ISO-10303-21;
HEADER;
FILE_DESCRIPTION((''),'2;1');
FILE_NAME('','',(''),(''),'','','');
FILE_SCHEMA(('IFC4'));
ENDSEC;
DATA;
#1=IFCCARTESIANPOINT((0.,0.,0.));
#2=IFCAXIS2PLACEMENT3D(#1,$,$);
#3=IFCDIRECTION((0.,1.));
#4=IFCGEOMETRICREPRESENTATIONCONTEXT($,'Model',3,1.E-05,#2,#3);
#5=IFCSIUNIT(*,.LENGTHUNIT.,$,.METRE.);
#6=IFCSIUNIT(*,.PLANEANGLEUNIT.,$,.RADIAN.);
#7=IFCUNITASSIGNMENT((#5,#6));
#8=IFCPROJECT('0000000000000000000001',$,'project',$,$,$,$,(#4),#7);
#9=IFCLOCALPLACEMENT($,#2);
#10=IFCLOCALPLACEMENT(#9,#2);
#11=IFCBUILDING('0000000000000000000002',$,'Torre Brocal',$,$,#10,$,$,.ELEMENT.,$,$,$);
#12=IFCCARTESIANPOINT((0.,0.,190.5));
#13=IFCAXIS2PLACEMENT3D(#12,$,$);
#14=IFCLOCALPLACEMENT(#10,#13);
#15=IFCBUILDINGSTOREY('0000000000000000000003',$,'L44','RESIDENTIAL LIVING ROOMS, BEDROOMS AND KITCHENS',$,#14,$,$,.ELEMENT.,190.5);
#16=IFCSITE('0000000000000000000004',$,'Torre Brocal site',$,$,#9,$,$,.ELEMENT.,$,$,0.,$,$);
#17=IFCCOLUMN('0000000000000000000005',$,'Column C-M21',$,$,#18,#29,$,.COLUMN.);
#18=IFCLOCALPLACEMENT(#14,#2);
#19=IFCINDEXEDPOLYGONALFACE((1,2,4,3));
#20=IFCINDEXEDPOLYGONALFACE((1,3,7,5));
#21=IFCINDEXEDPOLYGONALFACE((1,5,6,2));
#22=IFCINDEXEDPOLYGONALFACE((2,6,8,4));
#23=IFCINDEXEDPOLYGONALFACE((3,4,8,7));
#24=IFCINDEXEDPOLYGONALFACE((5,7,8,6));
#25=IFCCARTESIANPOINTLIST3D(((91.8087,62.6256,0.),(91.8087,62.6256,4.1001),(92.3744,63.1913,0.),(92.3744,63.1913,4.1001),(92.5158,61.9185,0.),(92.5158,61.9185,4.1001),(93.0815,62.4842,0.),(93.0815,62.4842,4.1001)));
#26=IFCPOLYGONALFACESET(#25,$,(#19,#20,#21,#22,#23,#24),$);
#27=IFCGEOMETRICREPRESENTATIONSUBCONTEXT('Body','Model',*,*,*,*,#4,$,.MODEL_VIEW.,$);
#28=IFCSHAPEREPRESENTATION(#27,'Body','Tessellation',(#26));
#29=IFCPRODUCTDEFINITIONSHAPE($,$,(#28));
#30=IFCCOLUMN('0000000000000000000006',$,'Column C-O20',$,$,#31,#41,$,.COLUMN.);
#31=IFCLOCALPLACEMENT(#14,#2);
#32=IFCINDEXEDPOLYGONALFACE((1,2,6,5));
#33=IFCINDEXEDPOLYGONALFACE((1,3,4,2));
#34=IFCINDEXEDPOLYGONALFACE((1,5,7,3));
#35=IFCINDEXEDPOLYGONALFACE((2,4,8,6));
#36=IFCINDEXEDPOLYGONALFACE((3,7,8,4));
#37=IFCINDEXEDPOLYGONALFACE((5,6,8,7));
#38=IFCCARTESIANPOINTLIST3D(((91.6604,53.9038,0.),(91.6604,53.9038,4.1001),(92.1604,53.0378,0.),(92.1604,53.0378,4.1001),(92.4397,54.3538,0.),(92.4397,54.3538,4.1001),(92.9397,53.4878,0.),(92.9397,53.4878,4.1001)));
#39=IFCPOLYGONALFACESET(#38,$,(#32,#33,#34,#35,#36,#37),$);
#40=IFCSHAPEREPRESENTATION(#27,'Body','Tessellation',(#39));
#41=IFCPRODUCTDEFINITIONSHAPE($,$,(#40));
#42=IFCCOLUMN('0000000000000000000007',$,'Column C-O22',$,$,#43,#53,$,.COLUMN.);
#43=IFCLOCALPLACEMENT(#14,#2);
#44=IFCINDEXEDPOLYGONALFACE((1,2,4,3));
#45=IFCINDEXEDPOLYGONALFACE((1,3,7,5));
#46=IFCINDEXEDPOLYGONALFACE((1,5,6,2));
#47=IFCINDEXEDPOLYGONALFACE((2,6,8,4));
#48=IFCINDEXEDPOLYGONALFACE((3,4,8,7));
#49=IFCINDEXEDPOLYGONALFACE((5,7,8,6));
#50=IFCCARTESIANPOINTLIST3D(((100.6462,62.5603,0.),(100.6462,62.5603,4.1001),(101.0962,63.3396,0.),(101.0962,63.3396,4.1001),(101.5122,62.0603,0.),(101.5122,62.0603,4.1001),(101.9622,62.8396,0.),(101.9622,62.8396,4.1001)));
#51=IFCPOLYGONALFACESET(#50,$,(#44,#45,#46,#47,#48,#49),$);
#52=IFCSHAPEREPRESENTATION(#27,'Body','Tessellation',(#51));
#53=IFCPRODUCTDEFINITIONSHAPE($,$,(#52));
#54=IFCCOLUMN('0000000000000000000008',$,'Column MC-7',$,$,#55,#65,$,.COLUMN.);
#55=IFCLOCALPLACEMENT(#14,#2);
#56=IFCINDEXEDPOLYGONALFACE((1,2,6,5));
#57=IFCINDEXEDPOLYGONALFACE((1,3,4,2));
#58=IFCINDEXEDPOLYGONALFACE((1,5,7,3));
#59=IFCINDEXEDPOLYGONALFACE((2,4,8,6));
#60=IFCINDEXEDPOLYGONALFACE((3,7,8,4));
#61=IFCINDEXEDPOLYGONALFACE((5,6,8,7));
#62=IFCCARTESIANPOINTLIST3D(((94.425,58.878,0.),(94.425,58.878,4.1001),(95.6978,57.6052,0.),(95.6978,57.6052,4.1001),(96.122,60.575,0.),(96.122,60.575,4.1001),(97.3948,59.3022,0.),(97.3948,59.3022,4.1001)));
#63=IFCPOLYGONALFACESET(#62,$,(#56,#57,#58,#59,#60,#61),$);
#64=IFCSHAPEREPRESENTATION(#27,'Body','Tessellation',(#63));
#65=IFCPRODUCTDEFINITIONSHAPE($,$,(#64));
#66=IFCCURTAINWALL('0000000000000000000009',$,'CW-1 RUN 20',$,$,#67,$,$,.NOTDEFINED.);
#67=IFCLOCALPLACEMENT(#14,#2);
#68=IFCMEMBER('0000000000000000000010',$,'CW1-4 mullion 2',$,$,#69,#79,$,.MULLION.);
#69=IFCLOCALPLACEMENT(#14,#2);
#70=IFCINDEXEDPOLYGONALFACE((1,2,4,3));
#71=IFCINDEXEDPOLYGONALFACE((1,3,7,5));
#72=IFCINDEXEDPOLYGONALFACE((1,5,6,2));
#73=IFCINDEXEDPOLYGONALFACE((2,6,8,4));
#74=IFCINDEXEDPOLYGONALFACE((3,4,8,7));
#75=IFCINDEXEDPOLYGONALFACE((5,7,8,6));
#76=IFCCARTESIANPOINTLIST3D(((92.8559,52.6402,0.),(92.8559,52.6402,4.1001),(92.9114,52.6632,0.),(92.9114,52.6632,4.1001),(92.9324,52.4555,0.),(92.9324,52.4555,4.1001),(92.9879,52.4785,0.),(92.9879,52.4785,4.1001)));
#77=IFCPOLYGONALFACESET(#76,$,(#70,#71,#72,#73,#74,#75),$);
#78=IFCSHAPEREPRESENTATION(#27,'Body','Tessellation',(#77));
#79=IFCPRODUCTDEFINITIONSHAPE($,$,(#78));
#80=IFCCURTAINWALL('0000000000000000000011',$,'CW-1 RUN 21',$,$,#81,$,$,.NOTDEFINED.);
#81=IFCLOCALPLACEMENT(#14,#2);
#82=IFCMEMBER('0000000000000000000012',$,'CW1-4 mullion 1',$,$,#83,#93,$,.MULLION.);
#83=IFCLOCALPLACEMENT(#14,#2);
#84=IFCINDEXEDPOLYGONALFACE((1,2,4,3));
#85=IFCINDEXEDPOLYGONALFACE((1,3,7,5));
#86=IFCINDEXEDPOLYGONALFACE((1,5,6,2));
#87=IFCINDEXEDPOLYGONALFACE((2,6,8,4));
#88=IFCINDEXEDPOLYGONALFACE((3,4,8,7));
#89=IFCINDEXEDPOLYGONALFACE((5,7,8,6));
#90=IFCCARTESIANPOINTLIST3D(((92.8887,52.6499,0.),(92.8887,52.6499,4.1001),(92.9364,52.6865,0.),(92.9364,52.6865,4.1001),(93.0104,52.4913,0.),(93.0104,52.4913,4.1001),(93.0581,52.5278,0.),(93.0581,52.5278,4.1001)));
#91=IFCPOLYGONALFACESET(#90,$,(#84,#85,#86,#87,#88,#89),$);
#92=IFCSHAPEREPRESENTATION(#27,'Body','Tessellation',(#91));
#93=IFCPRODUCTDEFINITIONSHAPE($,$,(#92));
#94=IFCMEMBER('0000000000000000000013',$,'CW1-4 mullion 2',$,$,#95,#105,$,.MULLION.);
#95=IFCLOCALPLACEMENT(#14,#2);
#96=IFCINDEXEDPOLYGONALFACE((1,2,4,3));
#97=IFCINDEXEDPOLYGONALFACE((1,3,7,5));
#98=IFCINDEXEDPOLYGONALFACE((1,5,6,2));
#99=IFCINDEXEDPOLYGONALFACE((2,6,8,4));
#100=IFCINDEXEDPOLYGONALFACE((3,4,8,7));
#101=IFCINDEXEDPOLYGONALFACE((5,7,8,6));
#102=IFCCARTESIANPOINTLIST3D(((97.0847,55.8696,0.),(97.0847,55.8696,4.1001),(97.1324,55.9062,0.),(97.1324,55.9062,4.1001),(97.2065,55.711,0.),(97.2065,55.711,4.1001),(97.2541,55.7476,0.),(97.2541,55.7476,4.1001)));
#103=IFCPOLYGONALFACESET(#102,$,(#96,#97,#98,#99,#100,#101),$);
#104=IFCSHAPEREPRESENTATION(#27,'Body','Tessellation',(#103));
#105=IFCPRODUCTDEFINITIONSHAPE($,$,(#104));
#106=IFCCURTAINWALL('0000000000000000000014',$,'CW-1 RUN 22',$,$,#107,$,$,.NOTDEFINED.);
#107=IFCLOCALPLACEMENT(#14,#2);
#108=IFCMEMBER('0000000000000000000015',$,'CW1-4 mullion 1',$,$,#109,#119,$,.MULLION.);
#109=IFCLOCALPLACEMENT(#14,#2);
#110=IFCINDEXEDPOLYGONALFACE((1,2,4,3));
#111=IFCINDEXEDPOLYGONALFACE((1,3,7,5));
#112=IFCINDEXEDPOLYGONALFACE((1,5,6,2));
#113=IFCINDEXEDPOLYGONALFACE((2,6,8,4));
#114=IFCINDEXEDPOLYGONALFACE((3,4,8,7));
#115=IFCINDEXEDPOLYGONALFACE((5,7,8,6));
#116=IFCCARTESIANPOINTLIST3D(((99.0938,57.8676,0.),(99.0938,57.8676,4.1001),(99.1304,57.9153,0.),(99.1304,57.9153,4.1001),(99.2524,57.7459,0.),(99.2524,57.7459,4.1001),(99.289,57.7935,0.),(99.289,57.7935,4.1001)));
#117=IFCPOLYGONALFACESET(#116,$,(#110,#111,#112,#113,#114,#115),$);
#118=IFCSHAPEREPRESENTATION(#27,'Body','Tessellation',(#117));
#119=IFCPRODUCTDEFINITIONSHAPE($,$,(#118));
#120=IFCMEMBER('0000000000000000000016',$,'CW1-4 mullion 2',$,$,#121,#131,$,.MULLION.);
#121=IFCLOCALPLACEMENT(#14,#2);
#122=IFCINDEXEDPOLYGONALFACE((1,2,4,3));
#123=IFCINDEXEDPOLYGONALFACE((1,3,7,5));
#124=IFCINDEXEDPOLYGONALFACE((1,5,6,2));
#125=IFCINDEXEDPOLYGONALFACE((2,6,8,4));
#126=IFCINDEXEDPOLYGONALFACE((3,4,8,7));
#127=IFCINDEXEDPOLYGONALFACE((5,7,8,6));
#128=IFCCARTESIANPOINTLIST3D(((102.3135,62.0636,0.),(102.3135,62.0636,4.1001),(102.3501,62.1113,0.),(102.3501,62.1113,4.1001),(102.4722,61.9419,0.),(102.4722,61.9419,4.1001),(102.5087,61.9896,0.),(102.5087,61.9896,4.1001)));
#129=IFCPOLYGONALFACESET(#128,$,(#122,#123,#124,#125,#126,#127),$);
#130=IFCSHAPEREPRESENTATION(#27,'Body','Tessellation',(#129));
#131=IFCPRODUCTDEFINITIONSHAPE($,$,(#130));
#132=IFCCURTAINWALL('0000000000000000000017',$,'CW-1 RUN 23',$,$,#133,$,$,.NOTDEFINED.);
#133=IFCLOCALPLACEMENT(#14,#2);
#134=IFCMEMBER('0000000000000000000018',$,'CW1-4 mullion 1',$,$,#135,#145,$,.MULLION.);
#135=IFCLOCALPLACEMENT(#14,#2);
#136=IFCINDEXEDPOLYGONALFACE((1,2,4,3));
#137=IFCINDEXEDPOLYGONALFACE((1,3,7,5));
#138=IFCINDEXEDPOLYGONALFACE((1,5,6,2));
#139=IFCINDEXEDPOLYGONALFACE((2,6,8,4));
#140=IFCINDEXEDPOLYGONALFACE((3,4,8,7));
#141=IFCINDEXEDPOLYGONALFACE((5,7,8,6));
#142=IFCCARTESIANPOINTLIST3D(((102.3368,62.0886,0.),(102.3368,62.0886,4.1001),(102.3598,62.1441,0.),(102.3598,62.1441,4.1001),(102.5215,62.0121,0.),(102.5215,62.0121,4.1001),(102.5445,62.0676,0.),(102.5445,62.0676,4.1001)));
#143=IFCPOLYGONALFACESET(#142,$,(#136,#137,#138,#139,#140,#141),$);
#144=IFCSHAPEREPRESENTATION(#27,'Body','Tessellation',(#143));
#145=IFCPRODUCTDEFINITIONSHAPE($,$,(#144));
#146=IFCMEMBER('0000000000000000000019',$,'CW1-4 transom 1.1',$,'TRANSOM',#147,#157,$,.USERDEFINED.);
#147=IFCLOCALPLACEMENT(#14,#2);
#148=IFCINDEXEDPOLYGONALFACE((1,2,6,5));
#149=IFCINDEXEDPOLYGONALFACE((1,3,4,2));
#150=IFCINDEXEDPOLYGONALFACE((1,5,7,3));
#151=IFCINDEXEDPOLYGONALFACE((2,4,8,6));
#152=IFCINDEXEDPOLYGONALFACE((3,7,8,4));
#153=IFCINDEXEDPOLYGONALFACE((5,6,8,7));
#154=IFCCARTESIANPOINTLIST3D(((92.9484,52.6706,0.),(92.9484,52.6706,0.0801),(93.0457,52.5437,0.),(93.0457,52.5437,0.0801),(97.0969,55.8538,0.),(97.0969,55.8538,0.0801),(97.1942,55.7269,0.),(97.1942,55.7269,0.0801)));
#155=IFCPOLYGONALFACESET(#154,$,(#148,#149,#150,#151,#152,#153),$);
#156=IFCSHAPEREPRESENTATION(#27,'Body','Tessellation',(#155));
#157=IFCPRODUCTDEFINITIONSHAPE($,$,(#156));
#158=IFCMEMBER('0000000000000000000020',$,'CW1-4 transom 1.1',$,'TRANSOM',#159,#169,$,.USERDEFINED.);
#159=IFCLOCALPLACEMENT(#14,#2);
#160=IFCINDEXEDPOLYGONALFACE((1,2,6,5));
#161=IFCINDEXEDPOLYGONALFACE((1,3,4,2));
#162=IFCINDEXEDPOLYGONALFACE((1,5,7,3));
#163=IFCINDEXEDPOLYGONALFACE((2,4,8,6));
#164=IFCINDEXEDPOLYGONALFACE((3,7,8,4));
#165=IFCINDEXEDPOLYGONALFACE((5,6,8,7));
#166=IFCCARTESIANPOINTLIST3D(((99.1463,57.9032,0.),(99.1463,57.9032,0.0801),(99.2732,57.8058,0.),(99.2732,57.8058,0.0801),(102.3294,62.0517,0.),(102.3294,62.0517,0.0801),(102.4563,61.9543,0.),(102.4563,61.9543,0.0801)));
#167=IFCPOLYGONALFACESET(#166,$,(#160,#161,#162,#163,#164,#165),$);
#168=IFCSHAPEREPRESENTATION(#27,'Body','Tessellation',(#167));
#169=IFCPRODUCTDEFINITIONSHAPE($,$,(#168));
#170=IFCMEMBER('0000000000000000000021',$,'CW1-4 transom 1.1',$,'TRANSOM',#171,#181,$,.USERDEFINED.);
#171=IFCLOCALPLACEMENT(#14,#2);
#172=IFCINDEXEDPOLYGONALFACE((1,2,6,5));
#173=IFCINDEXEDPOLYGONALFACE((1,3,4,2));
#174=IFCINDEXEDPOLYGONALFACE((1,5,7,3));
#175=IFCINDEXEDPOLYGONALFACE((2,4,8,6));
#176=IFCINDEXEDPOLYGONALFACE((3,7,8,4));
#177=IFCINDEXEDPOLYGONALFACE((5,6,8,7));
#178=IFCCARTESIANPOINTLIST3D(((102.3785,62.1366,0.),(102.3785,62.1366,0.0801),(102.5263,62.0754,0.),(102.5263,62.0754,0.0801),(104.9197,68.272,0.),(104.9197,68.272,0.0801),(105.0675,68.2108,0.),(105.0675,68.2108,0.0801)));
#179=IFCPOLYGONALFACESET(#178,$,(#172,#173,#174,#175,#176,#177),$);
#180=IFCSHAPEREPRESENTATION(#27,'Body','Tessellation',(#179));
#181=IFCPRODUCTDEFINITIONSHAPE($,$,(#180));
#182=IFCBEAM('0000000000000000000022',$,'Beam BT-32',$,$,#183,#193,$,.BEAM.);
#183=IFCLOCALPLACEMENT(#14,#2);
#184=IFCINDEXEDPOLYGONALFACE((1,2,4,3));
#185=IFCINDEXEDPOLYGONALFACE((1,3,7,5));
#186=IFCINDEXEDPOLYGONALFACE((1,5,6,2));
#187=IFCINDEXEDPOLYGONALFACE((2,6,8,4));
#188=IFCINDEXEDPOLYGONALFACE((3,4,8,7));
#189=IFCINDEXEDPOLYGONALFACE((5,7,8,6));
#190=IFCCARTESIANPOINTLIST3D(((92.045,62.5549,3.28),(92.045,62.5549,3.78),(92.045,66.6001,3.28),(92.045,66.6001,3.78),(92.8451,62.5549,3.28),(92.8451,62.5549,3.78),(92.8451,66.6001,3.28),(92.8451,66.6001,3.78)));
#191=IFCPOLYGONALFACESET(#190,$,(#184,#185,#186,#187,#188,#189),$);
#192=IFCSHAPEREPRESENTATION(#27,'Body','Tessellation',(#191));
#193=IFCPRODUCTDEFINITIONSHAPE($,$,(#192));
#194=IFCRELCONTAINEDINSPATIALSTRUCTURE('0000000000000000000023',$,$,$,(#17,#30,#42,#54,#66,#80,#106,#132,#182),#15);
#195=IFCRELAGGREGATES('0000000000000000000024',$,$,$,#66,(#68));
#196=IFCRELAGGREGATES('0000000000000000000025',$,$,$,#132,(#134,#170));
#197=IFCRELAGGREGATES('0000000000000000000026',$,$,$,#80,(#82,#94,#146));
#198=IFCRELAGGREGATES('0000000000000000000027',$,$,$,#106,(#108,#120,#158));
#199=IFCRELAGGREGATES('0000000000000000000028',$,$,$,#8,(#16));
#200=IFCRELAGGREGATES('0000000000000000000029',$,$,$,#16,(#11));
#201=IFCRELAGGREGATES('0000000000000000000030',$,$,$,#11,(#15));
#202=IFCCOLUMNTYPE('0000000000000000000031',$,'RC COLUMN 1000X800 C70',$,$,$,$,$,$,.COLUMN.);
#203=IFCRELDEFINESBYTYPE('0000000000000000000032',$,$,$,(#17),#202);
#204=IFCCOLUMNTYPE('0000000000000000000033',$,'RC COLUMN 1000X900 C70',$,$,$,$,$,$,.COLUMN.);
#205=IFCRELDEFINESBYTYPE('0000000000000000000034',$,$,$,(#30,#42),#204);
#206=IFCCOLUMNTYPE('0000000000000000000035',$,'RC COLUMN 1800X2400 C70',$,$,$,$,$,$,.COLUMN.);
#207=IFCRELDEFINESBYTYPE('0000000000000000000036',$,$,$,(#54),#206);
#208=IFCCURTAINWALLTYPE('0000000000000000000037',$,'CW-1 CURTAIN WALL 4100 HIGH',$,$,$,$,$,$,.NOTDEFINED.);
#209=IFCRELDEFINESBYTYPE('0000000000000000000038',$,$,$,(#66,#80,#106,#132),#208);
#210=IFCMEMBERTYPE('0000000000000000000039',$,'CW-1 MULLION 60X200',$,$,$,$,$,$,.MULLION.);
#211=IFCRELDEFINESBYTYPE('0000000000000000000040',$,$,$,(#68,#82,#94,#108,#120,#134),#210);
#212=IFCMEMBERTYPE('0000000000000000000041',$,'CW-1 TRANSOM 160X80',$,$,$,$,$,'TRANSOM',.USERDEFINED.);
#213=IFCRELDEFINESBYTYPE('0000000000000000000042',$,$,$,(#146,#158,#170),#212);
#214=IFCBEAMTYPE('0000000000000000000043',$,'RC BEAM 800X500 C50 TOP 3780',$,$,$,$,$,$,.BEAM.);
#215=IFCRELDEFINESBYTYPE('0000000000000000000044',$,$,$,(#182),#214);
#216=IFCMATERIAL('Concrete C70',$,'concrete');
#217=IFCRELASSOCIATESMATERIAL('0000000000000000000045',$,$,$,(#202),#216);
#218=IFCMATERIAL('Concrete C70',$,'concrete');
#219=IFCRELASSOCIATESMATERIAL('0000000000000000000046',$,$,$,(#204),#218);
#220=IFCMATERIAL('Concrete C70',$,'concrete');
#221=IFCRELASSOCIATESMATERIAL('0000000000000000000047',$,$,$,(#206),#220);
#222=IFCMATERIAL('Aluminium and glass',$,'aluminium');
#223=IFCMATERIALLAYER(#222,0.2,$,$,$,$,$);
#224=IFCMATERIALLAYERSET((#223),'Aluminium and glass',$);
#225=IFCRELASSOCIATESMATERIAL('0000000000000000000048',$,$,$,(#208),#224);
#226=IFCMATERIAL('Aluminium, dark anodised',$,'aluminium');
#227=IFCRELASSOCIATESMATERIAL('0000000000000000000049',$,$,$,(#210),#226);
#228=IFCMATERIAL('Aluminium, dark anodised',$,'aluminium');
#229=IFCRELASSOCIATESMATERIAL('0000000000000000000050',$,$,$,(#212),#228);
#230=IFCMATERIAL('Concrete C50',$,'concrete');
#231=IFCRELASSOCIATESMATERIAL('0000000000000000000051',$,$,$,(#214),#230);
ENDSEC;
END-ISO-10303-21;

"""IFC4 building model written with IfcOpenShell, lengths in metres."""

from ifc_helpers import new_model, si_unit, direction, frame, origin, origin_2d, place, context, subcontext, project, spatial, rectangle, extrude, material, layer, layer_set, material_profile, profile_set, type_object, element, aggregate, save


model = new_model("IFC4")

# Units and contexts
model_context = context("Model", 3, precision=1e-05, world=origin(), true_north=direction((0.0, 1.0)))
body_context = subcontext(model_context, "Body", "Model", "MODEL_VIEW")
ifc_project = project(units=[si_unit("LENGTHUNIT", "METRE"), si_unit("PLANEANGLEUNIT", "RADIAN")], contexts=[model_context])

# Site, building, storey
site_placement = place(None, origin())
site = spatial("IfcSite", under=ifc_project, at=site_placement, Name="Torre Brocal site", CompositionType="ELEMENT", RefElevation=0.0)
building_placement = place(site_placement, origin())
building = spatial("IfcBuilding", under=site, at=building_placement, Name="Torre Brocal", CompositionType="ELEMENT")
storey_placement = place(building_placement, frame((0.0, 0.0, 190.5)))
storey = spatial("IfcBuildingStorey", under=building, at=storey_placement, Name="L44", Description="RESIDENTIAL LIVING ROOMS, BEDROOMS AND KITCHENS", CompositionType="ELEMENT", Elevation=190.5)

# Columns
ifc_material_1 = material(Name="Concrete C70", Category="concrete")
ifc_material_profile_1 = material_profile(ifc_material_1, rectangle(XDim=1.0, YDim=0.8, at=origin_2d()), Name="RC 1000X800")
ifc_profile_set_1 = profile_set([ifc_material_profile_1], Name="Concrete C70")
column_type_1 = type_object("IfcColumnType", Name="RC COLUMN 1000X800 C70", PredefinedType="COLUMN", material=ifc_profile_set_1)
column_1_placement = place(storey_placement, frame((92.4451, 62.5549, 0.0), z_axis=(0.0, 0.0, 1.0), x_axis=(0.707107, -0.707107, 0.0)))
element("IfcColumn", 1, at=column_1_placement, inside=storey, type_object=column_type_1, Name="Column C-M21", PredefinedType="COLUMN", context=body_context, shape_type="SweptSolid", body=[
    extrude(rectangle(XDim=1.0, YDim=0.8, at=origin_2d()), origin(), (0.0, 0.0, 1.0), 4.1001),
])
ifc_material_2 = material(Name="Concrete C70", Category="concrete")
ifc_material_profile_2 = material_profile(ifc_material_2, rectangle(XDim=1.0, YDim=0.8999, at=origin_2d()), Name="RC 1000X900")
ifc_profile_set_2 = profile_set([ifc_material_profile_2], Name="Concrete C70")
column_type_2 = type_object("IfcColumnType", Name="RC COLUMN 1000X900 C70", PredefinedType="COLUMN", material=ifc_profile_set_2)
for number, where, z_axis, x_axis, name in (
    (2, (92.3, 53.6958, 0.0), (0.0, 0.0, 1.0), (0.5, -0.866025, 0.0), "Column C-O20"),
    (3, (101.3042, 62.7, 0.0), (0.0, 0.0, 1.0), (0.866025, -0.5, 0.0), "Column C-O22"),
):
    element("IfcColumn", number, at=place(storey_placement, frame(where, z_axis=z_axis, x_axis=x_axis)), inside=storey, type_object=column_type_2, Name=name, PredefinedType="COLUMN", context=body_context, shape_type="SweptSolid", body=[
        extrude(rectangle(XDim=1.0, YDim=0.8999, at=origin_2d()), origin(), (0.0, 0.0, 1.0), 4.1001),
    ])
ifc_material_3 = material(Name="Concrete C70", Category="concrete")
ifc_material_profile_3 = material_profile(ifc_material_3, rectangle(XDim=1.8, YDim=2.3999, at=origin_2d()), Name="RC 1800X2400")
ifc_profile_set_3 = profile_set([ifc_material_profile_3], Name="Concrete C70")
column_type_3 = type_object("IfcColumnType", Name="RC COLUMN 1800X2400 C70", PredefinedType="COLUMN", material=ifc_profile_set_3)
column_2_placement = place(storey_placement, frame((95.9099, 59.0901, 0.0), z_axis=(0.0, 0.0, 1.0), x_axis=(0.707107, -0.707107, 0.0)))
element("IfcColumn", 4, at=column_2_placement, inside=storey, type_object=column_type_3, Name="Column MC-7", PredefinedType="COLUMN", context=body_context, shape_type="SweptSolid", body=[
    extrude(rectangle(XDim=1.8, YDim=2.3999, at=origin_2d()), origin(), (0.0, 0.0, 1.0), 4.1001),
])

# Curtain wall, member
ifc_material_4 = material(Name="Aluminium and glass", Category="aluminium")
ifc_layer_1 = layer(ifc_material_4, 0.2)
ifc_layer_set_1 = layer_set([ifc_layer_1], Name="Aluminium and glass")
curtain_wall_type = type_object("IfcCurtainWallType", Name="CW-1 CURTAIN WALL 4100 HIGH", PredefinedType="NOTDEFINED", material=ifc_layer_set_1)
curtain_wall_1_placement = place(storey_placement, origin())
curtain_wall_1 = element("IfcCurtainWall", 5, at=curtain_wall_1_placement, inside=storey, type_object=curtain_wall_type, Name="CW-1 RUN 20", PredefinedType="NOTDEFINED")
ifc_material_5 = material(Name="Aluminium, dark anodised", Category="aluminium")
ifc_material_profile_4 = material_profile(ifc_material_5, rectangle(XDim=0.2, YDim=0.0601, at=origin_2d()), Name="CW-1 MULLION 60X200")
ifc_profile_set_4 = profile_set([ifc_material_profile_4], Name="Aluminium, dark anodised")
member_type_1 = type_object("IfcMemberType", Name="CW-1 MULLION 60X200", PredefinedType="MULLION", material=ifc_profile_set_4)
member_1_placement = place(storey_placement, frame((92.9219, 52.5593, 0.0), z_axis=(0.0, 0.0, 1.0), x_axis=(-0.382683, 0.92388, 0.0)))
member_1 = element("IfcMember", 6, at=member_1_placement, type_object=member_type_1, Name="CW1-4 mullion 2", PredefinedType="MULLION", context=body_context, shape_type="SweptSolid", body=[
    extrude(rectangle(XDim=0.2, YDim=0.0601, at=origin_2d()), origin(), (0.0, 0.0, 1.0), 4.1001),
])
aggregate(curtain_wall_1, [member_1])

# Curtain walls, members
curtain_wall_2_placement = place(storey_placement, origin())
curtain_wall_2 = element("IfcCurtainWall", 7, at=curtain_wall_2_placement, inside=storey, type_object=curtain_wall_type, Name="CW-1 RUN 21", PredefinedType="NOTDEFINED")
member_2_placement = place(storey_placement, frame((92.9734, 52.5889, 0.0), z_axis=(0.0, 0.0, 1.0), x_axis=(-0.608761, 0.793353, 0.0)))
member_2 = element("IfcMember", 8, at=member_2_placement, type_object=member_type_1, Name="CW1-4 mullion 1", PredefinedType="MULLION", context=body_context, shape_type="SweptSolid", body=[
    extrude(rectangle(XDim=0.2, YDim=0.0601, at=origin_2d()), origin(), (0.0, 0.0, 1.0), 4.1001),
])
member_3_placement = place(storey_placement, frame((97.1694, 55.8086, 0.0), z_axis=(0.0, 0.0, 1.0), x_axis=(-0.608761, 0.793353, 0.0)))
member_3 = element("IfcMember", 9, at=member_3_placement, type_object=member_type_1, Name="CW1-4 mullion 2", PredefinedType="MULLION", context=body_context, shape_type="SweptSolid", body=[
    extrude(rectangle(XDim=0.2, YDim=0.0601, at=origin_2d()), origin(), (0.0, 0.0, 1.0), 4.1001),
])
curtain_wall_3_placement = place(storey_placement, origin())
curtain_wall_3 = element("IfcCurtainWall", 10, at=curtain_wall_3_placement, inside=storey, type_object=curtain_wall_type, Name="CW-1 RUN 22", PredefinedType="NOTDEFINED")
member_4_placement = place(storey_placement, frame((99.1914, 57.8306, 0.0), z_axis=(0.0, 0.0, 1.0), x_axis=(-0.793353, 0.608761, 0.0)))
member_4 = element("IfcMember", 11, at=member_4_placement, type_object=member_type_1, Name="CW1-4 mullion 1", PredefinedType="MULLION", context=body_context, shape_type="SweptSolid", body=[
    extrude(rectangle(XDim=0.2, YDim=0.0601, at=origin_2d()), origin(), (0.0, 0.0, 1.0), 4.1001),
])
member_5_placement = place(storey_placement, frame((102.4111, 62.0266, 0.0), z_axis=(0.0, 0.0, 1.0), x_axis=(-0.793353, 0.608761, 0.0)))
member_5 = element("IfcMember", 12, at=member_5_placement, type_object=member_type_1, Name="CW1-4 mullion 2", PredefinedType="MULLION", context=body_context, shape_type="SweptSolid", body=[
    extrude(rectangle(XDim=0.2, YDim=0.0601, at=origin_2d()), origin(), (0.0, 0.0, 1.0), 4.1001),
])

# Curtain wall, member
curtain_wall_4_placement = place(storey_placement, origin())
curtain_wall_4 = element("IfcCurtainWall", 13, at=curtain_wall_4_placement, inside=storey, type_object=curtain_wall_type, Name="CW-1 RUN 23", PredefinedType="NOTDEFINED")
member_6_placement = place(storey_placement, frame((102.4407, 62.0781, 0.0), z_axis=(0.0, 0.0, 1.0), x_axis=(-0.92388, 0.382683, 0.0)))
member_6 = element("IfcMember", 14, at=member_6_placement, type_object=member_type_1, Name="CW1-4 mullion 1", PredefinedType="MULLION", context=body_context, shape_type="SweptSolid", body=[
    extrude(rectangle(XDim=0.2, YDim=0.0601, at=origin_2d()), origin(), (0.0, 0.0, 1.0), 4.1001),
])

# Members
ifc_material_6 = material(Name="Aluminium, dark anodised", Category="aluminium")
ifc_material_profile_5 = material_profile(ifc_material_6, rectangle(XDim=0.1599, YDim=0.0801, at=origin_2d()), Name="CW-1 TRANSOM 160X80")
ifc_profile_set_5 = profile_set([ifc_material_profile_5], Name="Aluminium, dark anodised")
member_type_2 = type_object("IfcMemberType", Name="CW-1 TRANSOM 160X80", ElementType="TRANSOM", PredefinedType="USERDEFINED", material=ifc_profile_set_5)
member_7_placement = place(storey_placement, frame((92.9971, 52.6072, 0.04), z_axis=(0.793363, 0.608749, 0.0), x_axis=(-0.608749, 0.793363, 0.0)))
member_7 = element("IfcMember", 15, at=member_7_placement, type_object=member_type_2, Name="CW1-4 transom 1.1", ObjectType="TRANSOM", PredefinedType="USERDEFINED", context=body_context, shape_type="SweptSolid", body=[
    extrude(rectangle(XDim=0.1599, YDim=0.0801, at=origin_2d()), origin(), (0.0, 0.0, 1.0), 5.229),
])
member_8_placement = place(storey_placement, frame((99.2097, 57.8545, 0.04), z_axis=(0.608749, 0.793363, 0.0), x_axis=(-0.793363, 0.608749, 0.0)))
member_8 = element("IfcMember", 16, at=member_8_placement, type_object=member_type_2, Name="CW1-4 transom 1.1", ObjectType="TRANSOM", PredefinedType="USERDEFINED", context=body_context, shape_type="SweptSolid", body=[
    extrude(rectangle(XDim=0.1599, YDim=0.0801, at=origin_2d()), origin(), (0.0, 0.0, 1.0), 5.229),
])
member_9_placement = place(storey_placement, frame((102.4524, 62.106, 0.04), z_axis=(0.382665, 0.923887, 0.0), x_axis=(-0.923887, 0.382665, 0.0)))
member_9 = element("IfcMember", 17, at=member_9_placement, type_object=member_type_2, Name="CW1-4 transom 1.1", ObjectType="TRANSOM", PredefinedType="USERDEFINED", context=body_context, shape_type="SweptSolid", body=[
    extrude(rectangle(XDim=0.1599, YDim=0.0801, at=origin_2d()), origin(), (0.0, 0.0, 1.0), 6.6409),
])
aggregate(curtain_wall_4, [member_6, member_9])

# Beam
ifc_material_7 = material(Name="Concrete C50", Category="concrete")
ifc_material_profile_6 = material_profile(ifc_material_7, rectangle(XDim=0.8, YDim=0.5, at=origin_2d()), Name="RC 800X500")
ifc_profile_set_6 = profile_set([ifc_material_profile_6], Name="Concrete C50")
beam_type_1 = type_object("IfcBeamType", Name="RC BEAM 800X500 C50 TOP 3780", PredefinedType="BEAM", material=ifc_profile_set_6)
beam_placement = place(storey_placement, frame((92.4451, 62.5549, 3.53), z_axis=(0.0, 1.0, 0.0), x_axis=(-1.0, 0.0, 0.0)))
element("IfcBeam", 18, at=beam_placement, inside=storey, type_object=beam_type_1, Name="Beam BT-32", PredefinedType="BEAM", context=body_context, shape_type="SweptSolid", body=[
    extrude(rectangle(XDim=0.8, YDim=0.5, at=origin_2d()), origin(), (0.0, 0.0, 1.0), 4.0452),
])

aggregate(curtain_wall_2, [member_2, member_3, member_7])
aggregate(curtain_wall_3, [member_4, member_5, member_8])

save(model, "model.ifc")
